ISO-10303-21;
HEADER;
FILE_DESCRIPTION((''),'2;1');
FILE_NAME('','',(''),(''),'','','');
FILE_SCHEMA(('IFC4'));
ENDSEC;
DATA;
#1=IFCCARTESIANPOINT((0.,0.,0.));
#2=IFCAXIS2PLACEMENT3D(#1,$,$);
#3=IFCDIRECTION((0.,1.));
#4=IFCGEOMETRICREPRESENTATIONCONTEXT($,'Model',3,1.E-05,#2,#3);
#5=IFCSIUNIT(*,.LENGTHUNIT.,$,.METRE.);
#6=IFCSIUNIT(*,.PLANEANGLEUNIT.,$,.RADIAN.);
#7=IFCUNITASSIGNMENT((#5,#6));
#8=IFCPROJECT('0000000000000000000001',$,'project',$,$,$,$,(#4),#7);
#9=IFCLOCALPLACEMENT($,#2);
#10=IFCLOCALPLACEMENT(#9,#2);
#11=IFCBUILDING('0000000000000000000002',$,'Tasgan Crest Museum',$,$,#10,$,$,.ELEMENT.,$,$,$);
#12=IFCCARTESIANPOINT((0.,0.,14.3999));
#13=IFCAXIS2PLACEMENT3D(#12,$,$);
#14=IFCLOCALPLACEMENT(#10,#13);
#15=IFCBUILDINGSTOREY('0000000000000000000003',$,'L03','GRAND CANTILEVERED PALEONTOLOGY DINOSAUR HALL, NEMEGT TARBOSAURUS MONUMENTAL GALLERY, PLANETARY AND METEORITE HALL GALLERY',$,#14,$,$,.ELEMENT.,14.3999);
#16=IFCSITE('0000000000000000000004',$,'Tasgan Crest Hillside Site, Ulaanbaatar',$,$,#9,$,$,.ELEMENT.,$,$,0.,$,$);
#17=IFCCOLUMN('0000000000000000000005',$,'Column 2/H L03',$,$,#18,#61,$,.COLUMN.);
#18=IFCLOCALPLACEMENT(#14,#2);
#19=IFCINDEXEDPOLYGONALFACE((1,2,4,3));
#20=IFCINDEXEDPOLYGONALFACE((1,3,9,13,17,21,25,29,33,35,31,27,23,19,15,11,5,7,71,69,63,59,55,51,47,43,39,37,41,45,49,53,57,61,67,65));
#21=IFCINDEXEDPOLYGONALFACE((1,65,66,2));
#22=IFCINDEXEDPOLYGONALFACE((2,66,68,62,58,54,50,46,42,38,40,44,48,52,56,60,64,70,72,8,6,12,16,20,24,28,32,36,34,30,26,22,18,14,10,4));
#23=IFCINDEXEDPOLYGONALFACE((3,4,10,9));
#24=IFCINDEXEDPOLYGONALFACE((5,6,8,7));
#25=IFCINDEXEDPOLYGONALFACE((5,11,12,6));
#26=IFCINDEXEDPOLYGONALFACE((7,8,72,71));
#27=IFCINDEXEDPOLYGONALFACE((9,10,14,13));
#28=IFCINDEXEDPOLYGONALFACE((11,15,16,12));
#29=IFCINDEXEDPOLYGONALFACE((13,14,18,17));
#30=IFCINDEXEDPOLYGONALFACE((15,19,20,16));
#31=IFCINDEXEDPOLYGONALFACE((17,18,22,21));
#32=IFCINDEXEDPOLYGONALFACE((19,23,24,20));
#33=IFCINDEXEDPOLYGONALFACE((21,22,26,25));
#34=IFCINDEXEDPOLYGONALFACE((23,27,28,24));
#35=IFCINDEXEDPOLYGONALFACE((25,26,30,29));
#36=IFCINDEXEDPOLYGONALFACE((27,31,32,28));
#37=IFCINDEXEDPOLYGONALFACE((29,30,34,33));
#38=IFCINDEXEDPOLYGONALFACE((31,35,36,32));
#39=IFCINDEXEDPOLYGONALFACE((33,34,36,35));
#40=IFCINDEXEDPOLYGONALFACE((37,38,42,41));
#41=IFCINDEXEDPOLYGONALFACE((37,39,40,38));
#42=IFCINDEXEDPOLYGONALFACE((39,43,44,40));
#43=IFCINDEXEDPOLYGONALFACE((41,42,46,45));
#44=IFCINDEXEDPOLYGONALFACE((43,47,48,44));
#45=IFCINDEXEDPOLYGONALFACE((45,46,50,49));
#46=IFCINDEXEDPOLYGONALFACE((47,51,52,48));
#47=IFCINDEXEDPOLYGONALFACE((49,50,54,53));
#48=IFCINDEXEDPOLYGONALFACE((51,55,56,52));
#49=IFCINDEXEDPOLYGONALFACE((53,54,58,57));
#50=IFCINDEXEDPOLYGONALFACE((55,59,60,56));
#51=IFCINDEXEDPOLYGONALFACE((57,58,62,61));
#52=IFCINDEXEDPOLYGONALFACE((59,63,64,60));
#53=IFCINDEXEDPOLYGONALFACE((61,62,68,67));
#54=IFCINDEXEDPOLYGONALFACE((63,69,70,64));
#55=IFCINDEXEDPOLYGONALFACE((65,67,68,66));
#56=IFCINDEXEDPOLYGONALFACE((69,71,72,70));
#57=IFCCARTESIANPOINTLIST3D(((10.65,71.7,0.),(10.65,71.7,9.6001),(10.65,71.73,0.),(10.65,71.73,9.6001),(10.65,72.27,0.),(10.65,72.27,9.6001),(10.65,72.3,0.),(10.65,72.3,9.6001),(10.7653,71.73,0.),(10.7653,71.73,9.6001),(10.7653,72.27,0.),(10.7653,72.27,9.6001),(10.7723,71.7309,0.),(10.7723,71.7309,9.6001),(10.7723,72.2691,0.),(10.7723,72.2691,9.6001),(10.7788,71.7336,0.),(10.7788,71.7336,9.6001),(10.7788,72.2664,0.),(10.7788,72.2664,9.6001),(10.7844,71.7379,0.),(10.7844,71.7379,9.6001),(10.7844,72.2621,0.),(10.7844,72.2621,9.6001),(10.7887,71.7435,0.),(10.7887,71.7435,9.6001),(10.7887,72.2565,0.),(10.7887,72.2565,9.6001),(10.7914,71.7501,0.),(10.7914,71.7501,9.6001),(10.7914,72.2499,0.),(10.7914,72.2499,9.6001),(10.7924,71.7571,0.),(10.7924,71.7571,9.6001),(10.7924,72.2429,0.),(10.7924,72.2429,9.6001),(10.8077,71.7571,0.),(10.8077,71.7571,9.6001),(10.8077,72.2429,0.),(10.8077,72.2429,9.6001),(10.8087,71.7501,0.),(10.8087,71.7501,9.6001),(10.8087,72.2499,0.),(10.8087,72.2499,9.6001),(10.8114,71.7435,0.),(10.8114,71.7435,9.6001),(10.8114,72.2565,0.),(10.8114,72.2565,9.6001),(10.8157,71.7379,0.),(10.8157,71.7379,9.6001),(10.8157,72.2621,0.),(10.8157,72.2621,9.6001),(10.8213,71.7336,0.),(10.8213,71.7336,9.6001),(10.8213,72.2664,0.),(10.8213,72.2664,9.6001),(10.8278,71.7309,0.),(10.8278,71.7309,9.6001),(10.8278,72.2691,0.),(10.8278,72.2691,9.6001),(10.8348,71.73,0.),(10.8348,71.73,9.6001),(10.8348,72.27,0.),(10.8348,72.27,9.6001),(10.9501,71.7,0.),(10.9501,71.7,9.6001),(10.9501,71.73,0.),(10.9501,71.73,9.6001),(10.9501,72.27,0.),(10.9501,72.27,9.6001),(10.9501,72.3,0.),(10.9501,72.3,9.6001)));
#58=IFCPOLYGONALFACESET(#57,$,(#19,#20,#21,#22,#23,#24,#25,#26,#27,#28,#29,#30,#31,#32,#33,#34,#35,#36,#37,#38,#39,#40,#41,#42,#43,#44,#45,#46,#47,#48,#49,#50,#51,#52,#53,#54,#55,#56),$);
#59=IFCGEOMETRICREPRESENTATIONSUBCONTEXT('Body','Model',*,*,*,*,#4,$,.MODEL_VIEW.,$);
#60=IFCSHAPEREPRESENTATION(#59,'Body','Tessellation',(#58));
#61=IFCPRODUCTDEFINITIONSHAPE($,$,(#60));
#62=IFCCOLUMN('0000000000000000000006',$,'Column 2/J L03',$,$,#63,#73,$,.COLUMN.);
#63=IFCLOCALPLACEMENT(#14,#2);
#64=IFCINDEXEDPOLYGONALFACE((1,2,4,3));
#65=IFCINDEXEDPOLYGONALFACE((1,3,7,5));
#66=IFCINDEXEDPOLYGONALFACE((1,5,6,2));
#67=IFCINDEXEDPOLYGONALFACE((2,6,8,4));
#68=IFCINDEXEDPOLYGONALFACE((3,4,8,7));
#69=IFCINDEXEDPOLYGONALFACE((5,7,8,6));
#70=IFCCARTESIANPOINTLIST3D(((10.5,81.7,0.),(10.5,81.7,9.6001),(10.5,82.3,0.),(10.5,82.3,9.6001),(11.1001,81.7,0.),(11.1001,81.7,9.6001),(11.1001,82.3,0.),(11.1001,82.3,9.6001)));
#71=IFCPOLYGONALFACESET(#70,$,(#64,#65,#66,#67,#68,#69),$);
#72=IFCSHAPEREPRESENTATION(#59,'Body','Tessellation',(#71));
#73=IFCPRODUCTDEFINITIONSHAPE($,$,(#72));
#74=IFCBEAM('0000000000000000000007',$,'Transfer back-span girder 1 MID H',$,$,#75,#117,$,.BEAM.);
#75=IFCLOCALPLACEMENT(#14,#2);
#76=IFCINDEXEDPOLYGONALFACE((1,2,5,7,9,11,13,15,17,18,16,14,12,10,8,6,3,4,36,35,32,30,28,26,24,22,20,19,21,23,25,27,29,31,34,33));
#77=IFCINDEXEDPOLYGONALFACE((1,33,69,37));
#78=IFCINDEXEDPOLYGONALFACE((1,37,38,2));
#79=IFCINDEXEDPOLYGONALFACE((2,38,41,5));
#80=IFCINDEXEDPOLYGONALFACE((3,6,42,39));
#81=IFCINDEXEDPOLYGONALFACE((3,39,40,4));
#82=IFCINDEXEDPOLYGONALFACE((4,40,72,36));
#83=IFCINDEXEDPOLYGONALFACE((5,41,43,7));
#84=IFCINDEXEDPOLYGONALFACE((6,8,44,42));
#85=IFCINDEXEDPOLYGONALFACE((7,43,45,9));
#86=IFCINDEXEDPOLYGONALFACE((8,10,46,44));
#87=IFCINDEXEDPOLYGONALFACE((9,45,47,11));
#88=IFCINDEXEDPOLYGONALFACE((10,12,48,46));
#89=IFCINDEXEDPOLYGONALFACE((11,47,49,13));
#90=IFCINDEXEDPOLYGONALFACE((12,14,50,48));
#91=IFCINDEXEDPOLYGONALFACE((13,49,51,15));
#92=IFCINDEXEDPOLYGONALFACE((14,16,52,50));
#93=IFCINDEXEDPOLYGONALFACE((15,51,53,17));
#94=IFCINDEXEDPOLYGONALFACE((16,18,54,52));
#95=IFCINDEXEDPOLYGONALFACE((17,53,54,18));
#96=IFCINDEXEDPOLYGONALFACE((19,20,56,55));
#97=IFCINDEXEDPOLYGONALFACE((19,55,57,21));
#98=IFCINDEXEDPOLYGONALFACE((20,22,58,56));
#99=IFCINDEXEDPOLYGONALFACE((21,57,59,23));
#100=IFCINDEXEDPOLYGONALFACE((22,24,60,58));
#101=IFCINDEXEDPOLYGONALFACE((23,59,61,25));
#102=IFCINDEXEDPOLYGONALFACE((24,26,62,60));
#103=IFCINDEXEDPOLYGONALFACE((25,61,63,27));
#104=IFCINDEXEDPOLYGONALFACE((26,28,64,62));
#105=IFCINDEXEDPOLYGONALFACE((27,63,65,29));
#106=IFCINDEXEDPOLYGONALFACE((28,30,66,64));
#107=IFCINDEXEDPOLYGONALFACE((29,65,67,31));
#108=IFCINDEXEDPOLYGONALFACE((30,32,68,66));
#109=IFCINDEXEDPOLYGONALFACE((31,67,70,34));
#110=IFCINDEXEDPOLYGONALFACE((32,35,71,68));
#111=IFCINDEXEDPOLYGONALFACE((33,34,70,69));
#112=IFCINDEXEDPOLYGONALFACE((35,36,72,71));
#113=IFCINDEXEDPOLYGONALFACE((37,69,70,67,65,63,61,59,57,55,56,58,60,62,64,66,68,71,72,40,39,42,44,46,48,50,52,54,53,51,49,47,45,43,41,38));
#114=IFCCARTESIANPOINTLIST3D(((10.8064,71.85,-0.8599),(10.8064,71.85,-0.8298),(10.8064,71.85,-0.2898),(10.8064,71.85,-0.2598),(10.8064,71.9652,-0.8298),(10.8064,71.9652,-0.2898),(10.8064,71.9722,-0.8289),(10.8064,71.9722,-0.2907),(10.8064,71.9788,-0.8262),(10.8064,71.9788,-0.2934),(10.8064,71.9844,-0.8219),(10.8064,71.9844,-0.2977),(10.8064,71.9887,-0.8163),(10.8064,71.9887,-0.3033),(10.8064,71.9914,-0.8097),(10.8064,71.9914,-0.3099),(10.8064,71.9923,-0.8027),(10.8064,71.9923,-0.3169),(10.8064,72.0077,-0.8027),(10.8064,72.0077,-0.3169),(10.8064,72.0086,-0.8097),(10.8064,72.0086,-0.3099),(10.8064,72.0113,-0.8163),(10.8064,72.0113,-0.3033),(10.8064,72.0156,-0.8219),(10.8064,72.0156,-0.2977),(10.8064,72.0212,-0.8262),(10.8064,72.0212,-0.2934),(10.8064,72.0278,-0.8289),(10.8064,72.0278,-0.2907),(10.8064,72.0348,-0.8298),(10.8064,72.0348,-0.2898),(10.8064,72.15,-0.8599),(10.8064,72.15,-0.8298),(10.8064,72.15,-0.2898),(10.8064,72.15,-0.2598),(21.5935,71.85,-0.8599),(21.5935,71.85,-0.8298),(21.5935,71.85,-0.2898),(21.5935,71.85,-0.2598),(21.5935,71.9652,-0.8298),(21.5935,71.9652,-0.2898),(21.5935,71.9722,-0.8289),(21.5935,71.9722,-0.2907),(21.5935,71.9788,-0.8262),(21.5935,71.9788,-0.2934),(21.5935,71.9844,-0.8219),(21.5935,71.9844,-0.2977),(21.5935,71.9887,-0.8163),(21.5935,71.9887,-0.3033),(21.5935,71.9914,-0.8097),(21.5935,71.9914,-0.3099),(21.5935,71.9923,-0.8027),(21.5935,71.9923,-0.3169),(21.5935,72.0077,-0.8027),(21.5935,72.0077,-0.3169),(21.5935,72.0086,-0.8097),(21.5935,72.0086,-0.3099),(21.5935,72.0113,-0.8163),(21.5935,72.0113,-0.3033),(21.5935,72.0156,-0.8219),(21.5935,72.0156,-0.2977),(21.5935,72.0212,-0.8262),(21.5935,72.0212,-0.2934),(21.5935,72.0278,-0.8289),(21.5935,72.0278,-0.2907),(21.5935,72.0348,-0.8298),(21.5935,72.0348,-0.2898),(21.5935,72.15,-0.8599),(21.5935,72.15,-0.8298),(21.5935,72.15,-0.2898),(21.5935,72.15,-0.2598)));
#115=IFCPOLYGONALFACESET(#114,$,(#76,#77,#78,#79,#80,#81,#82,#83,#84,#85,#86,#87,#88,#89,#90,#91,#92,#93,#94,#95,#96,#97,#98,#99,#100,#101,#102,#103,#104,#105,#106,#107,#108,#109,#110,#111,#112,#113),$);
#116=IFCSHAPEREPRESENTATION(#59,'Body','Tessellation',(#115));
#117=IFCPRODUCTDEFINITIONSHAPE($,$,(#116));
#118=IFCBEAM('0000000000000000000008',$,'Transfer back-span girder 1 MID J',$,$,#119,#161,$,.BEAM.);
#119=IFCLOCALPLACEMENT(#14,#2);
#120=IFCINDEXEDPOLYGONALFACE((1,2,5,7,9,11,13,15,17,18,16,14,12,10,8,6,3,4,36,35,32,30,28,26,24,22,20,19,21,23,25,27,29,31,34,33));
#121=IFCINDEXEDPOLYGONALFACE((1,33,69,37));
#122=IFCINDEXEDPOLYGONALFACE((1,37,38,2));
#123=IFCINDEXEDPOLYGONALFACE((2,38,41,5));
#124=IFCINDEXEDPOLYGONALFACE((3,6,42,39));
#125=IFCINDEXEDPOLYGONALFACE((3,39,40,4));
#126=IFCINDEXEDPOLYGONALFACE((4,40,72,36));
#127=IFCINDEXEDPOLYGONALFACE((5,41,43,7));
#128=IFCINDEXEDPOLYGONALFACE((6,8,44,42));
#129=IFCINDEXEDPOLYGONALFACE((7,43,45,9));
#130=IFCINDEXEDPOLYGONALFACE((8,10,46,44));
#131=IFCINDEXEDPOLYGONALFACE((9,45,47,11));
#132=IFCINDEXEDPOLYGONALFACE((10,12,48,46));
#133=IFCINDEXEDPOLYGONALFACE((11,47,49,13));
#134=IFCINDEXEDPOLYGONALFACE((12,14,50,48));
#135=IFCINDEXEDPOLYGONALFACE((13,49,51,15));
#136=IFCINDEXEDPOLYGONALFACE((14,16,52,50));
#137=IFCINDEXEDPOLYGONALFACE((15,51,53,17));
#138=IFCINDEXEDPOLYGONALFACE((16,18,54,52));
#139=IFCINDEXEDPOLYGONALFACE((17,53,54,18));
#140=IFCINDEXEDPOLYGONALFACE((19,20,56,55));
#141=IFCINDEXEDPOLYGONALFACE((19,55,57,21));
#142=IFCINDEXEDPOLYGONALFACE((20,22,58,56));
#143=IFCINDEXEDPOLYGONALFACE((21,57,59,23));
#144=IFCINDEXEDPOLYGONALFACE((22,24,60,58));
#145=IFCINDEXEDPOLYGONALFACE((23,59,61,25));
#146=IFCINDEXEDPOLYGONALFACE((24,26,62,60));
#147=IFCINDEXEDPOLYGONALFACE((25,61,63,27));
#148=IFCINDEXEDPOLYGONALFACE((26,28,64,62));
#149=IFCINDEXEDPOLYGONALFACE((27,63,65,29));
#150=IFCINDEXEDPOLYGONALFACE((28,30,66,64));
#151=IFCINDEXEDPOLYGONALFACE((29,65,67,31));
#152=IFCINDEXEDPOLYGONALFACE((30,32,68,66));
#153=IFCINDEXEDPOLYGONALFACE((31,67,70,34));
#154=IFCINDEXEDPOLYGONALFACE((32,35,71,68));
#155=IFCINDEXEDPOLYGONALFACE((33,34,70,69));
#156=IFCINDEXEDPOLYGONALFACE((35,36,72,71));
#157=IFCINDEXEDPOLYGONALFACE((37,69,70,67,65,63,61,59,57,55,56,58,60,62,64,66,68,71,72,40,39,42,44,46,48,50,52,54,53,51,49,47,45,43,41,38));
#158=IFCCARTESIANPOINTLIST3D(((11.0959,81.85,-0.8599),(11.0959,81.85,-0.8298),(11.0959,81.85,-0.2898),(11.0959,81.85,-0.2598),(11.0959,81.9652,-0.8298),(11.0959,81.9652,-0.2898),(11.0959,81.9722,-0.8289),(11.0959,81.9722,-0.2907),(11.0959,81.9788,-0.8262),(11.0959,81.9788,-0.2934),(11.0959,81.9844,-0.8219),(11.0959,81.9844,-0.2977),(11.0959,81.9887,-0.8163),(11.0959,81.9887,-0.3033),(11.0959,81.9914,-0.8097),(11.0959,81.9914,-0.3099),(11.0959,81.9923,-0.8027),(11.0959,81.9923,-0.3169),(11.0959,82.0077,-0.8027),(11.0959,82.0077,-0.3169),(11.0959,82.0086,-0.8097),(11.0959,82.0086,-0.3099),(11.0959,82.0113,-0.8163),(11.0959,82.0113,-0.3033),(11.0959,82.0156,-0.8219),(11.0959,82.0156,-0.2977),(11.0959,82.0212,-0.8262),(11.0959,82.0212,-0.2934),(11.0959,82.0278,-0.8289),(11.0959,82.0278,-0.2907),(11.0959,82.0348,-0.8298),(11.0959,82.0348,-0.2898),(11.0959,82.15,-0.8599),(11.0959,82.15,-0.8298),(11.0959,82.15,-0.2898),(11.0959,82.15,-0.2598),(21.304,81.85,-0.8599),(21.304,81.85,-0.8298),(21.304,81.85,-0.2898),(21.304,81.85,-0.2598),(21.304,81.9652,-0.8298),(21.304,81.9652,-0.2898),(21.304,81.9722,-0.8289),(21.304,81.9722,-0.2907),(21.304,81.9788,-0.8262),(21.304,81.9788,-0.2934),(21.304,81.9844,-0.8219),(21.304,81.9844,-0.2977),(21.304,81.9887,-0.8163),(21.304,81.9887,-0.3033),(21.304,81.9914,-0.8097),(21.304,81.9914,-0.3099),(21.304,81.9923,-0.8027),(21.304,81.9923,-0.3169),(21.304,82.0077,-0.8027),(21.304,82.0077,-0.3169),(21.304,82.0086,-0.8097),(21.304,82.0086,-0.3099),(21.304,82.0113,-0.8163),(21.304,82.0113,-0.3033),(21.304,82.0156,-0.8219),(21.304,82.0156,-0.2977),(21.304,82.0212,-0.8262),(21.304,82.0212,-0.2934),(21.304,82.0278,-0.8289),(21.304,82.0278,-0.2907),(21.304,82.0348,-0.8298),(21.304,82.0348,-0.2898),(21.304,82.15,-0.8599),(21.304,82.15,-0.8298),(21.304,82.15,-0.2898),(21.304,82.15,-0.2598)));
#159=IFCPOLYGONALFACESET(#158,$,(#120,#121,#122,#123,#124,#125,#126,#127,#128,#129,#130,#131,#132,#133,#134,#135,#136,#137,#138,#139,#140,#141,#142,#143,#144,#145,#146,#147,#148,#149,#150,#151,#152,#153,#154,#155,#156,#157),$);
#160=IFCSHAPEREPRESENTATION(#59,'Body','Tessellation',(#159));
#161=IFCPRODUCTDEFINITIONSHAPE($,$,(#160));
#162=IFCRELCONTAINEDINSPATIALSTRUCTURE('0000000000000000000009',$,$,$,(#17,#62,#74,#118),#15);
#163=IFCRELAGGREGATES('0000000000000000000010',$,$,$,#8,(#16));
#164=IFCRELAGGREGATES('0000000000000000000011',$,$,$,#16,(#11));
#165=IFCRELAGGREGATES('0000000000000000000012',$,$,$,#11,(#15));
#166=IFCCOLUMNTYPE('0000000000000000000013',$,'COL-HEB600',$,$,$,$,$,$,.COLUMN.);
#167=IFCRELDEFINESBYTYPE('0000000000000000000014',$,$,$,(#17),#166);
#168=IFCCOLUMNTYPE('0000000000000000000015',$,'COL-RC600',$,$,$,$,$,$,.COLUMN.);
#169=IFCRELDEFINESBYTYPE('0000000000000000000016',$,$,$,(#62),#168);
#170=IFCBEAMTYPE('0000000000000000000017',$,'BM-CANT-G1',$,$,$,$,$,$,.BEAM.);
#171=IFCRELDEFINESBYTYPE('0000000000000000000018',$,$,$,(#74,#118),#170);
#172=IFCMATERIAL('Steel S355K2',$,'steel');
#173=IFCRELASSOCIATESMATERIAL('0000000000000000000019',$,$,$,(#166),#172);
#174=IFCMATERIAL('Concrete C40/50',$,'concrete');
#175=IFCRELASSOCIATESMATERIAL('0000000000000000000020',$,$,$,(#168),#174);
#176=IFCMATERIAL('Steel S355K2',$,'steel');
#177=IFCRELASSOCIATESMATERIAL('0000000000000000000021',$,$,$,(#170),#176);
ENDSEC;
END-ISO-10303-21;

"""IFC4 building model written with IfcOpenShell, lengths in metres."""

from ifc_helpers import new_model, si_unit, direction, frame, origin, origin_2d, place, context, subcontext, project, spatial, rectangle, i_section, extrude, material, material_profile, profile_set, type_object, element, save


model = new_model("IFC4")

# Units and contexts
model_context = context("Model", 3, precision=1e-05, world=origin(), true_north=direction((0.0, 1.0)))
body_context = subcontext(model_context, "Body", "Model", "MODEL_VIEW")
ifc_project = project(units=[si_unit("LENGTHUNIT", "METRE"), si_unit("PLANEANGLEUNIT", "RADIAN")], contexts=[model_context])

# Site, building, storey
site_placement = place(None, origin())
site = spatial("IfcSite", under=ifc_project, at=site_placement, Name="Tasgan Crest Hillside Site, Ulaanbaatar", CompositionType="ELEMENT", RefElevation=0.0)
building_placement = place(site_placement, origin())
building = spatial("IfcBuilding", under=site, at=building_placement, Name="Tasgan Crest Museum", CompositionType="ELEMENT")
storey_placement = place(building_placement, frame((0.0, 0.0, 14.3999)))
storey = spatial("IfcBuildingStorey", under=building, at=storey_placement, Name="L03", Description="GRAND CANTILEVERED PALEONTOLOGY DINOSAUR HALL, NEMEGT TARBOSAURUS MONUMENTAL GALLERY, PLANETARY AND METEORITE HALL GALLERY", CompositionType="ELEMENT", Elevation=14.3999)

# Columns
ifc_material_1 = material(Name="Steel S355K2", Category="steel")
ifc_material_profile_1 = material_profile(ifc_material_1, i_section(OverallWidth=0.3, OverallDepth=0.6001, WebThickness=0.0154, FlangeThickness=0.03, FilletRadius=0.0271, at=origin_2d()), Name="HEB 600")
ifc_profile_set_1 = profile_set([ifc_material_profile_1], Name="Steel S355K2")
column_type_1 = type_object("IfcColumnType", Name="COL-HEB600", PredefinedType="COLUMN", material=ifc_profile_set_1)
column_1_placement = place(storey_placement, frame((10.8, 72.0, 0.0), z_axis=(0.0, 0.0, 1.0), x_axis=(1.0, 0.0, 0.0)))
element("IfcColumn", 1, at=column_1_placement, inside=storey, type_object=column_type_1, Name="Column 2/H L03", PredefinedType="COLUMN", context=body_context, shape_type="SweptSolid", body=[
    extrude(i_section(OverallWidth=0.3, OverallDepth=0.6001, WebThickness=0.0154, FlangeThickness=0.03, FilletRadius=0.0271, at=origin_2d()), origin(), (0.0, 0.0, 1.0), 9.6001),
])
ifc_material_2 = material(Name="Concrete C40/50", Category="concrete")
ifc_material_profile_2 = material_profile(ifc_material_2, rectangle(XDim=0.6001, YDim=0.6001, at=origin_2d()), Name="RC 600x600")
ifc_profile_set_2 = profile_set([ifc_material_profile_2], Name="Concrete C40/50")
column_type_2 = type_object("IfcColumnType", Name="COL-RC600", PredefinedType="COLUMN", material=ifc_profile_set_2)
column_2_placement = place(storey_placement, frame((10.8, 82.0, 0.0), z_axis=(0.0, 0.0, 1.0), x_axis=(1.0, 0.0, 0.0)))
element("IfcColumn", 2, at=column_2_placement, inside=storey, type_object=column_type_2, Name="Column 2/J L03", PredefinedType="COLUMN", context=body_context, shape_type="SweptSolid", body=[
    extrude(rectangle(XDim=0.6001, YDim=0.6001, at=origin_2d()), origin(), (0.0, 0.0, 1.0), 9.6001),
])

# Beams
ifc_material_3 = material(Name="Steel S355K2", Category="steel")
ifc_material_profile_3 = material_profile(ifc_material_3, i_section(OverallWidth=0.3, OverallDepth=0.6001, WebThickness=0.0154, FlangeThickness=0.03, FilletRadius=0.0271, at=origin_2d()), Name="HEB 600")
ifc_profile_set_3 = profile_set([ifc_material_profile_3], Name="Steel S355K2")
beam_type_1 = type_object("IfcBeamType", Name="BM-CANT-G1", PredefinedType="BEAM", material=ifc_profile_set_3)
beam_1_placement = place(storey_placement, frame((10.8064, 72.0, -0.5598), z_axis=(1.0, 0.0, 0.0), x_axis=(0.0, 1.0, 0.0)))
element("IfcBeam", 3, at=beam_1_placement, inside=storey, type_object=beam_type_1, Name="Transfer back-span girder 1 MID H", PredefinedType="BEAM", context=body_context, shape_type="SweptSolid", body=[
    extrude(i_section(OverallWidth=0.3, OverallDepth=0.6001, WebThickness=0.0154, FlangeThickness=0.03, FilletRadius=0.0271, at=origin_2d()), origin(), (0.0, 0.0, 1.0), 10.7871),
])
beam_2_placement = place(storey_placement, frame((11.0959, 82.0, -0.5598), z_axis=(1.0, 0.0, 0.0), x_axis=(0.0, 1.0, 0.0)))
element("IfcBeam", 4, at=beam_2_placement, inside=storey, type_object=beam_type_1, Name="Transfer back-span girder 1 MID J", PredefinedType="BEAM", context=body_context, shape_type="SweptSolid", body=[
    extrude(i_section(OverallWidth=0.3, OverallDepth=0.6001, WebThickness=0.0154, FlangeThickness=0.03, FilletRadius=0.0271, at=origin_2d()), origin(), (0.0, 0.0, 1.0), 10.208),
])

save(model, "model.ifc")
